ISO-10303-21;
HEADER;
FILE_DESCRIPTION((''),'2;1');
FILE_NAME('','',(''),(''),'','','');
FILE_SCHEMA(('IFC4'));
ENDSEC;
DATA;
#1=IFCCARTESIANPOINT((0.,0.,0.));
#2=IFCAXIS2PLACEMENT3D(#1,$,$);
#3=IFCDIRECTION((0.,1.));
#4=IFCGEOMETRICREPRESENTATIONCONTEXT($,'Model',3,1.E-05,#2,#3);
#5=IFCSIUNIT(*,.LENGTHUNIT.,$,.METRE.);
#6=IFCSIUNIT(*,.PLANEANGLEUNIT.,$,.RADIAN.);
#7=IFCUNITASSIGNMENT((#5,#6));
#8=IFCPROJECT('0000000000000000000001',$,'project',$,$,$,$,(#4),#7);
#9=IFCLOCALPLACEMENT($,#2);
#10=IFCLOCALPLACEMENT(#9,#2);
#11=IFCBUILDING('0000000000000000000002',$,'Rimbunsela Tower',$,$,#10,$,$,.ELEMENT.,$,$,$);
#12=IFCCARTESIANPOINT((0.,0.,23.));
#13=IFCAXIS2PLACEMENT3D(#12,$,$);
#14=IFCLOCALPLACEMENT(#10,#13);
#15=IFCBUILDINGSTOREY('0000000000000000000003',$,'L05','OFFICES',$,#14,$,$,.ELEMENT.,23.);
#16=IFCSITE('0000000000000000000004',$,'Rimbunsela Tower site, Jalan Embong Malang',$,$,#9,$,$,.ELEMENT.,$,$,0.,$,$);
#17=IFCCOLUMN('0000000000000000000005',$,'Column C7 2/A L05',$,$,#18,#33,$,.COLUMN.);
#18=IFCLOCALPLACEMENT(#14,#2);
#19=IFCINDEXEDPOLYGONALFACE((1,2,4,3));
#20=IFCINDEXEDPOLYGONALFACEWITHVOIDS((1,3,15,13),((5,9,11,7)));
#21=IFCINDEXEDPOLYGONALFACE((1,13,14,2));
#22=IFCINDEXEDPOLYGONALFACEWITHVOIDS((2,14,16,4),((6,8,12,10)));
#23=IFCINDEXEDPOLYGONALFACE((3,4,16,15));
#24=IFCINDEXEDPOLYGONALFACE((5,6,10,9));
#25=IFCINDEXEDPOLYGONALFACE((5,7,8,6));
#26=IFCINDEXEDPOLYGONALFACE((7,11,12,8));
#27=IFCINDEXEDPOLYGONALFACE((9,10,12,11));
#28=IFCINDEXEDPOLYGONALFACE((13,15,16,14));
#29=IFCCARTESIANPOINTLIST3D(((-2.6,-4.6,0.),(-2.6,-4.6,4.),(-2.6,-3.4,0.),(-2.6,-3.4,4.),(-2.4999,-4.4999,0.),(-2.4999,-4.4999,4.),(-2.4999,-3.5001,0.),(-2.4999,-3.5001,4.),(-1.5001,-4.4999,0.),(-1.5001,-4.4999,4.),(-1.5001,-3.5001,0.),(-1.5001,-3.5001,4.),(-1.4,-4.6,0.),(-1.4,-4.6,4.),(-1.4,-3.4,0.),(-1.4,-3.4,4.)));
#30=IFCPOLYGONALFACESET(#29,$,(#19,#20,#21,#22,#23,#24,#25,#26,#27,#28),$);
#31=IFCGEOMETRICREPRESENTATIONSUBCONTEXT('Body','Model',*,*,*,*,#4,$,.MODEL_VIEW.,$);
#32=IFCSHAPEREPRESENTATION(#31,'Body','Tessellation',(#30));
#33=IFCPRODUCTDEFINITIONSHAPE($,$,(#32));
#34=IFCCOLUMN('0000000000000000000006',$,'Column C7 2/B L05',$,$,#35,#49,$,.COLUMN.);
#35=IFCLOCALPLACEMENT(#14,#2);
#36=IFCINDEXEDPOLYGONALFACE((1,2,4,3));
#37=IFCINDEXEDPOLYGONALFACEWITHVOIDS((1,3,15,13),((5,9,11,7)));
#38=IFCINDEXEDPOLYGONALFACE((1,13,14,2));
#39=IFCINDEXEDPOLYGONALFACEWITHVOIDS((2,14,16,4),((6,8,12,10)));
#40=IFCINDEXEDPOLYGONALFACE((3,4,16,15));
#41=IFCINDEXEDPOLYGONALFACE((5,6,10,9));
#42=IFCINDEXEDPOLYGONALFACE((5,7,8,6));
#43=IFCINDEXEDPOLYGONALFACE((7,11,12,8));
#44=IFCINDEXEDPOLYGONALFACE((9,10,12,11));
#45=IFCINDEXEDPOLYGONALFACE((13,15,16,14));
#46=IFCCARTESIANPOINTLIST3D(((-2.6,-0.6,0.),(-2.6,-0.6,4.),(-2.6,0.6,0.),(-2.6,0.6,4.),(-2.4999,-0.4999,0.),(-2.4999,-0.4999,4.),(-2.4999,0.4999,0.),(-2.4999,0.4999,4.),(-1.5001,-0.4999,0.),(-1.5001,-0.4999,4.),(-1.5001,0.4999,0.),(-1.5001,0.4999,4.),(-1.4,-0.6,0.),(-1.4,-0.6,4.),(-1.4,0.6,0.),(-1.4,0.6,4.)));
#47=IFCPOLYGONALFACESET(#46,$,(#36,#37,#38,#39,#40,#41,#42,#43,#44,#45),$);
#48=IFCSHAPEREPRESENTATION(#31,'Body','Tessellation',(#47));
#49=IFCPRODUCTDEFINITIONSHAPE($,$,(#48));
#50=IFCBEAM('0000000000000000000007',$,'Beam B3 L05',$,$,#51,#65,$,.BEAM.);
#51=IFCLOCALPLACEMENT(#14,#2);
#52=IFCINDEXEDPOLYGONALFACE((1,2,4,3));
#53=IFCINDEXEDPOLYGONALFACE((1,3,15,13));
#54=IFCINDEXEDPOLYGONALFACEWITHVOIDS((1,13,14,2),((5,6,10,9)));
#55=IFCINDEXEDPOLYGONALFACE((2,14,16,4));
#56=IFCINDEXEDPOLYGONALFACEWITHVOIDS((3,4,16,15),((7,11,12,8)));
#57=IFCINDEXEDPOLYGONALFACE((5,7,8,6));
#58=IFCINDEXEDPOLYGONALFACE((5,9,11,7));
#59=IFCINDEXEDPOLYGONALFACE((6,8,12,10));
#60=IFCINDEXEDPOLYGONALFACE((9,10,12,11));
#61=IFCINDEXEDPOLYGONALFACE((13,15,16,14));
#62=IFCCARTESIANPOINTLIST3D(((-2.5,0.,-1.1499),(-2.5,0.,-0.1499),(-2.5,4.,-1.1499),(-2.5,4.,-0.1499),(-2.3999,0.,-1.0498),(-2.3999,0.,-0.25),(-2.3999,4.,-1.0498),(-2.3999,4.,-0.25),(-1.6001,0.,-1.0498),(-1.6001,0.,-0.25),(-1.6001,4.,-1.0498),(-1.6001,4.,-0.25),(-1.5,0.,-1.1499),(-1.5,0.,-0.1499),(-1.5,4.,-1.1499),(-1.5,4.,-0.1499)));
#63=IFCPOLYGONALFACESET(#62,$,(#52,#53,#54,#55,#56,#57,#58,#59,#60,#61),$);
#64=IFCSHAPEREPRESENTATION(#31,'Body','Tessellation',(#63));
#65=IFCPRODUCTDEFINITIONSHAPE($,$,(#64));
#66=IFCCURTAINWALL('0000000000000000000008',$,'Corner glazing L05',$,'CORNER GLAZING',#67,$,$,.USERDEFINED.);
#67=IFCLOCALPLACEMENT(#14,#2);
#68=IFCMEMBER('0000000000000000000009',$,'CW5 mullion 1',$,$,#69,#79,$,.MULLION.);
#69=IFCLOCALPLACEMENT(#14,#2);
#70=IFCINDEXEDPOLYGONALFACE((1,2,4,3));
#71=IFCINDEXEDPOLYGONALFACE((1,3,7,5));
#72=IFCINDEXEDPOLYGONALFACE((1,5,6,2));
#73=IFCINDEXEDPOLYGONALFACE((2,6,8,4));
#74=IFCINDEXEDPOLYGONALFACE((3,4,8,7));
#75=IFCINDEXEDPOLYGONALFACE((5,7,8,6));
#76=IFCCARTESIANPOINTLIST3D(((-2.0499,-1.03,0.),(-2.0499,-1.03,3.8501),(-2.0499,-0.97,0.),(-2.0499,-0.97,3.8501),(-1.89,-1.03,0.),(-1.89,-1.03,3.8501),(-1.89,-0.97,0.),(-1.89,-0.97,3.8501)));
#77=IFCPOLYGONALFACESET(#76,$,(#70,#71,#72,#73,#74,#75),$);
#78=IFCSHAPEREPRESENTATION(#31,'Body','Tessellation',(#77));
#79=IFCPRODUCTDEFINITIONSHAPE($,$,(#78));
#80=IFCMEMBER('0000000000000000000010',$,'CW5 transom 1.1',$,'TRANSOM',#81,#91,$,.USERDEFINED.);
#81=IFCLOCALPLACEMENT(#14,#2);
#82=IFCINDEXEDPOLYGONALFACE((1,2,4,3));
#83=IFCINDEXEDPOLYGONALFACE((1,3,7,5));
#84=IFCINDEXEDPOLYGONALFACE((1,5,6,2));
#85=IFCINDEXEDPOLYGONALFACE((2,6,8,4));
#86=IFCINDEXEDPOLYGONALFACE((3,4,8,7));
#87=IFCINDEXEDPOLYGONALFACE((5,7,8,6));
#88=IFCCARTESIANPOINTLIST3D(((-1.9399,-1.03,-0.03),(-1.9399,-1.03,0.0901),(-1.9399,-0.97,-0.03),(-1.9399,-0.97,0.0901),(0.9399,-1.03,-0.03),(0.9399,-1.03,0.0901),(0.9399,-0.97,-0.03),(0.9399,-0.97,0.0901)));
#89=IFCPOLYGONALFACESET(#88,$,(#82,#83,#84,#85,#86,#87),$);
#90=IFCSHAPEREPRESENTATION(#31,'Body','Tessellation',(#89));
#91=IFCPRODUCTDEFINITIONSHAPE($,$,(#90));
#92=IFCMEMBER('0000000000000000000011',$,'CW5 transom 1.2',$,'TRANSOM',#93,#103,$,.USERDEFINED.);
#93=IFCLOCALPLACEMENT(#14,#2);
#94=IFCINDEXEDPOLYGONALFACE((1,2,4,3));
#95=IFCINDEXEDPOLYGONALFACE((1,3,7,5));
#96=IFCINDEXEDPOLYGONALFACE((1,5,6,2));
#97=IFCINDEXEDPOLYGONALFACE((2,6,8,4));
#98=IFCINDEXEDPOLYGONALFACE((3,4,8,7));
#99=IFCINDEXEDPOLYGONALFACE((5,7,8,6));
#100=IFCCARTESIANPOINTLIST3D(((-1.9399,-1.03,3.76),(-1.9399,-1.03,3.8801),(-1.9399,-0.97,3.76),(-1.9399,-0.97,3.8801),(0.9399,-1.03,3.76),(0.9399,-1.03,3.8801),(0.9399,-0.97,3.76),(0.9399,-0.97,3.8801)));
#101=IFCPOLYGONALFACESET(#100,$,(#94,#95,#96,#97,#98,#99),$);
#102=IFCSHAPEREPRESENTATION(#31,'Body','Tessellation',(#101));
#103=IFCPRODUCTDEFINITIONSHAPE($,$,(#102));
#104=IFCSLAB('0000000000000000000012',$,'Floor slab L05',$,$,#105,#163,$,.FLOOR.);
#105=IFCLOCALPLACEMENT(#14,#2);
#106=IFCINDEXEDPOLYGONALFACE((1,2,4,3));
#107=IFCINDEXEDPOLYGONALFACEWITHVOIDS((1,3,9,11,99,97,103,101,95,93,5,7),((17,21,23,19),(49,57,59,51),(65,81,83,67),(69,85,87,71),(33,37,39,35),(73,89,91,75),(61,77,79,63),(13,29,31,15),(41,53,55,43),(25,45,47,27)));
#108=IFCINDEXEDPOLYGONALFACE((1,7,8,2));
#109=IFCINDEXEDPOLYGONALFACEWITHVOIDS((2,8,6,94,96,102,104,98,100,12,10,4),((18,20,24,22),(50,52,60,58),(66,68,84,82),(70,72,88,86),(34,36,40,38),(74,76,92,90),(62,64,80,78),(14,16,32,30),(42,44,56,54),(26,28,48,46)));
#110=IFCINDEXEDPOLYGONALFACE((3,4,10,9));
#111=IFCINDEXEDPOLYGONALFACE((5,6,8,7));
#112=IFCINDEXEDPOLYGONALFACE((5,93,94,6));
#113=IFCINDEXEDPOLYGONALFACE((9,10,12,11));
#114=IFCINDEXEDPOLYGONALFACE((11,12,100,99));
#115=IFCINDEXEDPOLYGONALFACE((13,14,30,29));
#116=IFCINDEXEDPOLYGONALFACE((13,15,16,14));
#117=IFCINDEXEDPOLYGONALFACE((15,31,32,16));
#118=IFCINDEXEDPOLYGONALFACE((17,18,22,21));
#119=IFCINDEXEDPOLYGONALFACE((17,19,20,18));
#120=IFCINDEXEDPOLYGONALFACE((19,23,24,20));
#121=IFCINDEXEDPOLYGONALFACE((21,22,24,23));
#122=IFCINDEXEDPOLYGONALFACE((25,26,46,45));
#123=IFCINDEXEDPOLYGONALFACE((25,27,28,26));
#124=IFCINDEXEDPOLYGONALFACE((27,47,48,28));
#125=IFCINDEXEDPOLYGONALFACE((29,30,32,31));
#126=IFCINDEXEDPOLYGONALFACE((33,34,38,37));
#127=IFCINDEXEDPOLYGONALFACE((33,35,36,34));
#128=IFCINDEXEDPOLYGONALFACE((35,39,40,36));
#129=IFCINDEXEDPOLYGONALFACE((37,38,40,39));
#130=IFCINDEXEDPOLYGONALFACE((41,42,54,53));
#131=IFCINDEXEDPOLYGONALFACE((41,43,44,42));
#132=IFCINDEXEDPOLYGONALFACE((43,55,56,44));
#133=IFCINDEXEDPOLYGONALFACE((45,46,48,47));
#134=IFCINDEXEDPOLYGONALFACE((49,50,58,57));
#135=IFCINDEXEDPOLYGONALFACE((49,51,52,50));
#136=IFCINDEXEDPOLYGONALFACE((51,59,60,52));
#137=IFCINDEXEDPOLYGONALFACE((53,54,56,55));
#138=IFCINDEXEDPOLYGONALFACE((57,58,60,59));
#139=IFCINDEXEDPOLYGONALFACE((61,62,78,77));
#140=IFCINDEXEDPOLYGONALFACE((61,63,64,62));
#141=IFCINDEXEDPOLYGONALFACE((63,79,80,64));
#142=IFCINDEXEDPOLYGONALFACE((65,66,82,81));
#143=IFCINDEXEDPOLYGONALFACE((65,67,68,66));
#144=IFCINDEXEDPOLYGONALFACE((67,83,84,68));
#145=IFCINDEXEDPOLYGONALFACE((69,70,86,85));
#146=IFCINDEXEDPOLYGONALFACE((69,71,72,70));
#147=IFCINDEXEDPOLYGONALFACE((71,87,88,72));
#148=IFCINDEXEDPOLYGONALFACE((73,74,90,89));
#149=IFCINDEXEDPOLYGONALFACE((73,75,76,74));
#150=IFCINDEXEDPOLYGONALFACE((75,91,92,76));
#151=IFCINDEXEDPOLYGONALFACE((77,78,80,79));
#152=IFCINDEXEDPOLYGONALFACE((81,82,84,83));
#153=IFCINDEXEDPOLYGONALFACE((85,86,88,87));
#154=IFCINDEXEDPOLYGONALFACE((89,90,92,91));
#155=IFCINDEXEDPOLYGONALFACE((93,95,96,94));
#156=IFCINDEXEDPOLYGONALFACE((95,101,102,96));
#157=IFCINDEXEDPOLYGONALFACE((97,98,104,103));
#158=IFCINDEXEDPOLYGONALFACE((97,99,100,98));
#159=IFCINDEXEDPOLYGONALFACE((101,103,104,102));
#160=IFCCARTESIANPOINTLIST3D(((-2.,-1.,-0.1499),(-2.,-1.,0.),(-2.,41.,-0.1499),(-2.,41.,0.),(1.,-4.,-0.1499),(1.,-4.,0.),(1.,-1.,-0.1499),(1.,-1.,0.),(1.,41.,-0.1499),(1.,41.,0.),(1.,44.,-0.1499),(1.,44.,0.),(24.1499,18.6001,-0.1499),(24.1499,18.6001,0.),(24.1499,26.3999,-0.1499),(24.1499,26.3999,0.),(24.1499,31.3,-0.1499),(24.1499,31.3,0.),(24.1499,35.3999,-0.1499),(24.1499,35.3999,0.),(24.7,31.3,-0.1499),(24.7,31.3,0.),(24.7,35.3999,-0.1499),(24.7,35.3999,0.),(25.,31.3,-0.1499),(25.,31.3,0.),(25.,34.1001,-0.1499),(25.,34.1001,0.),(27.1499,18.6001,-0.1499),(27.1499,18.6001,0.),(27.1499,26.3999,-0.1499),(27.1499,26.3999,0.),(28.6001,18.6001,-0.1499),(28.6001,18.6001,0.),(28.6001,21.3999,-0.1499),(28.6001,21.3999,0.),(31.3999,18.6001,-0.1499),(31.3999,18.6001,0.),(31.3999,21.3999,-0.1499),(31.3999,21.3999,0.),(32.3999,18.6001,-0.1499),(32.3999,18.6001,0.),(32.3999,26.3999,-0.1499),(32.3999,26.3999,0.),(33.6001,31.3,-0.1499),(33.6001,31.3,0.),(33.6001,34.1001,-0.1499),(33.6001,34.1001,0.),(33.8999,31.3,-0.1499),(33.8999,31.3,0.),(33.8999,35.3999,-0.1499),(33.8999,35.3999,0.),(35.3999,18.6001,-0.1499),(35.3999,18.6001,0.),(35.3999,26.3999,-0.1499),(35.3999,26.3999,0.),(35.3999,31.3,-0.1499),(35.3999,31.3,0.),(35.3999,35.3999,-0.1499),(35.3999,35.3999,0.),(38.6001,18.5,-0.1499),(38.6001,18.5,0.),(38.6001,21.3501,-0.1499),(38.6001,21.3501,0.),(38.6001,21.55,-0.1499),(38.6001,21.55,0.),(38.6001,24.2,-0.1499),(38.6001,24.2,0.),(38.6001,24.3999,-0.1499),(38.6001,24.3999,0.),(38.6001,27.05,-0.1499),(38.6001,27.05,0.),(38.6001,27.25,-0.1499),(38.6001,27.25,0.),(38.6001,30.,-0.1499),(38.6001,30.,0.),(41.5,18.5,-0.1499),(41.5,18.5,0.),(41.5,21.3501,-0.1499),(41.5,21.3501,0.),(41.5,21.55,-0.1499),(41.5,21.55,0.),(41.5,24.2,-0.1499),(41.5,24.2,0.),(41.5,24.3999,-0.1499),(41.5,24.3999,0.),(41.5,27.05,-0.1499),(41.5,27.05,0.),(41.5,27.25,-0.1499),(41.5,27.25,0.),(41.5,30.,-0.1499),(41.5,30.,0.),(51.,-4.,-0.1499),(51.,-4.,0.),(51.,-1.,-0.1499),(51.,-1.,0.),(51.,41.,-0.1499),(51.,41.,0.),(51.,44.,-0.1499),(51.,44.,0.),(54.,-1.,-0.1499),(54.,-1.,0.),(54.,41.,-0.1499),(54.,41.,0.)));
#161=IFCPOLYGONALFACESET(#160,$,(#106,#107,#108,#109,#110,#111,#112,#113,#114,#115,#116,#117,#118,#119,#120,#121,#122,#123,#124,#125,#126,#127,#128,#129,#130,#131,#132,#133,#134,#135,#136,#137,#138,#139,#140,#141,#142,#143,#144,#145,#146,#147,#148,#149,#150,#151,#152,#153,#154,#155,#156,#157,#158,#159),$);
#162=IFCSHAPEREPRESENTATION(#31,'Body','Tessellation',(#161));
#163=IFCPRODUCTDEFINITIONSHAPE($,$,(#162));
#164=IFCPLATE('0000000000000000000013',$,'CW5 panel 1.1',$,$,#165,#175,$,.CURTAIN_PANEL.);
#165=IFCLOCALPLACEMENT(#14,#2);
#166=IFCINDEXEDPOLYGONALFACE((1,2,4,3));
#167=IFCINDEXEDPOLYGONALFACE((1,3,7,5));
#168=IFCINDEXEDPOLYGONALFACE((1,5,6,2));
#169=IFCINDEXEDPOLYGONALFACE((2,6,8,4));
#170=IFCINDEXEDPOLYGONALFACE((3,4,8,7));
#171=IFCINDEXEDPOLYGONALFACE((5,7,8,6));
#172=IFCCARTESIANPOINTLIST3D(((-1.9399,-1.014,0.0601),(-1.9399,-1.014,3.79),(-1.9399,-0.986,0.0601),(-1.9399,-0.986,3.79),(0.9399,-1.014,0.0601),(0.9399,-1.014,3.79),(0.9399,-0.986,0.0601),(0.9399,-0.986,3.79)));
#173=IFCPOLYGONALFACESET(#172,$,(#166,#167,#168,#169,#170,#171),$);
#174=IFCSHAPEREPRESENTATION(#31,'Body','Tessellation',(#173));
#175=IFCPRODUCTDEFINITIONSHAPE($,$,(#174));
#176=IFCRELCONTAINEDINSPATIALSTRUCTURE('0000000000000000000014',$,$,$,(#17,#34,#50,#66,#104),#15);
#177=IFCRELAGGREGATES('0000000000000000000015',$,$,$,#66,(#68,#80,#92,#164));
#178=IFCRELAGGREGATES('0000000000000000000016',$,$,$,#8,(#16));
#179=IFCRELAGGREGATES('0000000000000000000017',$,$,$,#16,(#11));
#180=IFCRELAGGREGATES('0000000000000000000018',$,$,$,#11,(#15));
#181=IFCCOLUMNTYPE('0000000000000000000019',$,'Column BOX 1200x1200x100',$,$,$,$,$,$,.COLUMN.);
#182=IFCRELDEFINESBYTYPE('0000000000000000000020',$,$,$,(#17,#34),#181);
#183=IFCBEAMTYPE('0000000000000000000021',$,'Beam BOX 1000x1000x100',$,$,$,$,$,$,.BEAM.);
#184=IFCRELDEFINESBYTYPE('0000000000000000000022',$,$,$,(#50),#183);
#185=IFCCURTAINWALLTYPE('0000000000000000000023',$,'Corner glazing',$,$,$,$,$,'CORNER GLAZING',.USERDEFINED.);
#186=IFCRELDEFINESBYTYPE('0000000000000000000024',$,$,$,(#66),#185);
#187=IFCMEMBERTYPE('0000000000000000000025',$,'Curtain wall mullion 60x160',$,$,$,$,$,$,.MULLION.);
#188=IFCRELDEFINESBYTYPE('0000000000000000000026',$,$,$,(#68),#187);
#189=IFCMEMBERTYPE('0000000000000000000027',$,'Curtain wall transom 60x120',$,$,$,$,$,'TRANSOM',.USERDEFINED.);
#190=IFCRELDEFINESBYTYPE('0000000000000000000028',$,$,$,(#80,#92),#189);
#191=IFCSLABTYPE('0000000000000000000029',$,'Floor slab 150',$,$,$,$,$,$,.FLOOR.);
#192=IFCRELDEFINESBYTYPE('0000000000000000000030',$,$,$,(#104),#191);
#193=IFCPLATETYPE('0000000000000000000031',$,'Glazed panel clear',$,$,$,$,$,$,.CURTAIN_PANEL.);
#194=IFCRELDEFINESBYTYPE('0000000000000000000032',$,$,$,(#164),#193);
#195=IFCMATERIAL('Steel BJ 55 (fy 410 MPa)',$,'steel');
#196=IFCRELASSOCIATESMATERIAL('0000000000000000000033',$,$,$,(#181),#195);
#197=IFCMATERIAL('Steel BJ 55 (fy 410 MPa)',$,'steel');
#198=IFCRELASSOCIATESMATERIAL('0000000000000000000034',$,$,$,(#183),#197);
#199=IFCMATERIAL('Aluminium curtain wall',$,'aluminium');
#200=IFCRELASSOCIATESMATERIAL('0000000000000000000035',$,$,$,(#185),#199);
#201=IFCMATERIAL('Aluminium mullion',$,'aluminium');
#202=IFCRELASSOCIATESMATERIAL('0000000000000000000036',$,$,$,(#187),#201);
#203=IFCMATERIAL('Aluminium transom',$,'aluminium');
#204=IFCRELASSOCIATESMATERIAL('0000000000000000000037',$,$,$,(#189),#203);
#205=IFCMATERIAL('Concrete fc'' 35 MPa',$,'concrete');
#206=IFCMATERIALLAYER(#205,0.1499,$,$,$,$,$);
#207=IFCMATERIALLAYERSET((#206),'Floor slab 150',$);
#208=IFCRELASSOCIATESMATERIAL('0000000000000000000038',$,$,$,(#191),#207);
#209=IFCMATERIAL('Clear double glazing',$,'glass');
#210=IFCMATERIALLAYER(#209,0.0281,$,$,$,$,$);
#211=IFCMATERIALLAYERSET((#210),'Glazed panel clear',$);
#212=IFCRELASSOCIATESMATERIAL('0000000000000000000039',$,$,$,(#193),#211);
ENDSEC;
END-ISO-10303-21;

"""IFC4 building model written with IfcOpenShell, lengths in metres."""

from ifc_helpers import new_model, si_unit, direction, frame, origin, origin_2d, place, context, subcontext, project, spatial, polyline, rectangle, hollow_rectangle, outline, extrude, material, layer, layer_set, material_profile, profile_set, type_object, element, aggregate, save


model = new_model("IFC4")

# Units and contexts
model_context = context("Model", 3, precision=1e-05, world=origin(), true_north=direction((0.0, 1.0)))
body_context = subcontext(model_context, "Body", "Model", "MODEL_VIEW")
ifc_project = project(units=[si_unit("LENGTHUNIT", "METRE"), si_unit("PLANEANGLEUNIT", "RADIAN")], contexts=[model_context])

# Site, building, storey
site_placement = place(None, origin())
site = spatial("IfcSite", under=ifc_project, at=site_placement, Name="Rimbunsela Tower site, Jalan Embong Malang", CompositionType="ELEMENT", RefElevation=0.0)
building_placement = place(site_placement, origin())
building = spatial("IfcBuilding", under=site, at=building_placement, Name="Rimbunsela Tower", CompositionType="ELEMENT")
storey_placement = place(building_placement, frame((0.0, 0.0, 23.0)))
storey = spatial("IfcBuildingStorey", under=building, at=storey_placement, Name="L05", Description="OFFICES", CompositionType="ELEMENT", Elevation=23.0)

# Columns
ifc_material_1 = material(Name="Steel BJ 55 (fy 410 MPa)", Category="steel")
ifc_material_profile_1 = material_profile(ifc_material_1, hollow_rectangle(XDim=1.2, YDim=1.2, WallThickness=0.1001, at=origin_2d()), Name="BOX 1200x1200x100")
ifc_profile_set_1 = profile_set([ifc_material_profile_1], Name="Steel BJ 55 (fy 410 MPa)")
column_type = type_object("IfcColumnType", Name="Column BOX 1200x1200x100", PredefinedType="COLUMN", material=ifc_profile_set_1)
for number, where, z_axis, x_axis, name in (
    (1, (-2.0, -4.0, 0.0), (0.0, 0.0, 1.0), (1.0, 0.0, 0.0), "Column C7 2/A L05"),
    (2, (-2.0, 0.0, 0.0), (0.0, 0.0, 1.0), (1.0, 0.0, 0.0), "Column C7 2/B L05"),
):
    element("IfcColumn", number, at=place(storey_placement, frame(where, z_axis=z_axis, x_axis=x_axis)), inside=storey, type_object=column_type, Name=name, PredefinedType="COLUMN", context=body_context, shape_type="SweptSolid", body=[
        extrude(hollow_rectangle(XDim=1.2, YDim=1.2, WallThickness=0.1001, at=origin_2d()), origin(), (0.0, 0.0, 1.0), 4.0),
    ])

# Beam
ifc_material_2 = material(Name="Steel BJ 55 (fy 410 MPa)", Category="steel")
ifc_material_profile_2 = material_profile(ifc_material_2, hollow_rectangle(XDim=1.0, YDim=1.0, WallThickness=0.1001, at=origin_2d()), Name="BOX 1000x1000x100")
ifc_profile_set_2 = profile_set([ifc_material_profile_2], Name="Steel BJ 55 (fy 410 MPa)")
beam_type = type_object("IfcBeamType", Name="Beam BOX 1000x1000x100", PredefinedType="BEAM", material=ifc_profile_set_2)
beam_placement = place(storey_placement, frame((-2.0, 0.0, -0.6499), z_axis=(0.0, 1.0, 0.0), x_axis=(-1.0, 0.0, 0.0)))
element("IfcBeam", 3, at=beam_placement, inside=storey, type_object=beam_type, Name="Beam B3 L05", PredefinedType="BEAM", context=body_context, shape_type="SweptSolid", body=[
    extrude(hollow_rectangle(XDim=1.0, YDim=1.0, WallThickness=0.1001, at=origin_2d()), origin(), (0.0, 0.0, 1.0), 4.0),
])

# Curtain wall, members
ifc_material_3 = material(Name="Aluminium curtain wall", Category="aluminium")
curtain_wall_type = type_object("IfcCurtainWallType", Name="Corner glazing", ElementType="CORNER GLAZING", PredefinedType="USERDEFINED", material=ifc_material_3)
curtain_wall_placement = place(storey_placement, origin())
curtain_wall = element("IfcCurtainWall", 4, at=curtain_wall_placement, inside=storey, type_object=curtain_wall_type, Name="Corner glazing L05", ObjectType="CORNER GLAZING", PredefinedType="USERDEFINED")
ifc_material_4 = material(Name="Aluminium mullion", Category="aluminium")
ifc_material_profile_3 = material_profile(ifc_material_4, rectangle(XDim=0.0601, YDim=0.1599, at=origin_2d()), Name="Mullion 60x160")
ifc_profile_set_3 = profile_set([ifc_material_profile_3], Name="Aluminium mullion")
member_type_1 = type_object("IfcMemberType", Name="Curtain wall mullion 60x160", PredefinedType="MULLION", material=ifc_profile_set_3)
member_1_placement = place(storey_placement, frame((-1.97, -1.0, 0.0), z_axis=(0.0, 0.0, 1.0), x_axis=(0.0, 1.0, 0.0)))
member_1 = element("IfcMember", 5, at=member_1_placement, type_object=member_type_1, Name="CW5 mullion 1", PredefinedType="MULLION", context=body_context, shape_type="SweptSolid", body=[
    extrude(rectangle(XDim=0.0601, YDim=0.1599, at=origin_2d()), origin(), (0.0, 0.0, 1.0), 3.8501),
])
ifc_material_5 = material(Name="Aluminium transom", Category="aluminium")
ifc_material_profile_4 = material_profile(ifc_material_5, rectangle(XDim=0.0601, YDim=0.1201, at=origin_2d()), Name="Transom 60x120")
ifc_profile_set_4 = profile_set([ifc_material_profile_4], Name="Aluminium transom")
member_type_2 = type_object("IfcMemberType", Name="Curtain wall transom 60x120", ElementType="TRANSOM", PredefinedType="USERDEFINED", material=ifc_profile_set_4)
member_2_placement = place(storey_placement, frame((-1.9399, -1.0, 0.03), z_axis=(1.0, 0.0, 0.0), x_axis=(0.0, 1.0, 0.0)))
member_2 = element("IfcMember", 6, at=member_2_placement, type_object=member_type_2, Name="CW5 transom 1.1", ObjectType="TRANSOM", PredefinedType="USERDEFINED", context=body_context, shape_type="SweptSolid", body=[
    extrude(rectangle(XDim=0.0601, YDim=0.1201, at=origin_2d()), origin(), (0.0, 0.0, 1.0), 2.8799),
])
member_3_placement = place(storey_placement, frame((-1.9399, -1.0, 3.8201), z_axis=(1.0, 0.0, 0.0), x_axis=(0.0, 1.0, 0.0)))
member_3 = element("IfcMember", 7, at=member_3_placement, type_object=member_type_2, Name="CW5 transom 1.2", ObjectType="TRANSOM", PredefinedType="USERDEFINED", context=body_context, shape_type="SweptSolid", body=[
    extrude(rectangle(XDim=0.0601, YDim=0.1201, at=origin_2d()), origin(), (0.0, 0.0, 1.0), 2.8799),
])

# Slab
ifc_material_6 = material(Name="Concrete fc' 35 MPa", Category="concrete")
ifc_layer_1 = layer(ifc_material_6, 0.1499)
ifc_layer_set_1 = layer_set([ifc_layer_1], Name="Floor slab 150")
slab_type_1 = type_object("IfcSlabType", Name="Floor slab 150", PredefinedType="FLOOR", material=ifc_layer_set_1)
slab_1_placement = place(storey_placement, frame((0.0, 0.0, -0.1499)))
element("IfcSlab", 8, at=slab_1_placement, inside=storey, type_object=slab_type_1, Name="Floor slab L05", PredefinedType="FLOOR", context=body_context, shape_type="SweptSolid", body=[
    extrude(outline(polyline([(1.0, -4.0), (51.0, -4.0), (51.0, -1.0), (54.0, -1.0), (54.0, 41.0), (51.0, 41.0), (51.0, 44.0), (1.0, 44.0), (1.0, 41.0), (-2.0, 41.0), (-2.0, -1.0), (1.0, -1.0), (1.0, -4.0)]), holes=[polyline([(27.1499, 18.6001), (27.1499, 26.3999), (24.1499, 26.3999), (24.1499, 18.6001), (27.1499, 18.6001)]), polyline([(24.7, 31.3), (24.7, 35.3999), (24.1499, 35.3999), (24.1499, 31.3), (24.7, 31.3)]), polyline([(25.0, 34.1001), (25.0, 31.3), (33.6001, 31.3), (33.6001, 34.1001), (25.0, 34.1001)]), polyline([(31.3999, 21.3999), (28.6001, 21.3999), (28.6001, 18.6001), (31.3999, 18.6001), (31.3999, 21.3999)]), polyline([(35.3999, 18.6001), (35.3999, 26.3999), (32.3999, 26.3999), (32.3999, 18.6001), (35.3999, 18.6001)]), polyline([(35.3999, 31.3), (35.3999, 35.3999), (33.8999, 35.3999), (33.8999, 31.3), (35.3999, 31.3)]), polyline([(41.5, 21.3501), (38.6001, 21.3501), (38.6001, 18.5), (41.5, 18.5), (41.5, 21.3501)]), polyline([(41.5, 21.55), (41.5, 24.2), (38.6001, 24.2), (38.6001, 21.55), (41.5, 21.55)]), polyline([(41.5, 27.05), (38.6001, 27.05), (38.6001, 24.3999), (41.5, 24.3999), (41.5, 27.05)]), polyline([(41.5, 27.25), (41.5, 30.0), (38.6001, 30.0), (38.6001, 27.25), (41.5, 27.25)])]), origin(), (0.0, 0.0, 1.0), 0.1499),
])

# Plate
ifc_material_7 = material(Name="Clear double glazing", Category="glass")
ifc_layer_2 = layer(ifc_material_7, 0.0281)
ifc_layer_set_2 = layer_set([ifc_layer_2], Name="Glazed panel clear")
plate_type = type_object("IfcPlateType", Name="Glazed panel clear", PredefinedType="CURTAIN_PANEL", material=ifc_layer_set_2)
plate_placement = place(storey_placement, frame((-0.5, -1.0, 0.0601), z_axis=(0.0, 0.0, 1.0), x_axis=(1.0, 0.0, 0.0)))
plate = element("IfcPlate", 9, at=plate_placement, type_object=plate_type, Name="CW5 panel 1.1", PredefinedType="CURTAIN_PANEL", context=body_context, shape_type="SweptSolid", body=[
    extrude(rectangle(XDim=2.8799, YDim=0.0281, at=origin_2d()), origin(), (0.0, 0.0, 1.0), 3.73),
])
aggregate(curtain_wall, [member_1, member_2, member_3, plate])

save(model, "model.ifc")
